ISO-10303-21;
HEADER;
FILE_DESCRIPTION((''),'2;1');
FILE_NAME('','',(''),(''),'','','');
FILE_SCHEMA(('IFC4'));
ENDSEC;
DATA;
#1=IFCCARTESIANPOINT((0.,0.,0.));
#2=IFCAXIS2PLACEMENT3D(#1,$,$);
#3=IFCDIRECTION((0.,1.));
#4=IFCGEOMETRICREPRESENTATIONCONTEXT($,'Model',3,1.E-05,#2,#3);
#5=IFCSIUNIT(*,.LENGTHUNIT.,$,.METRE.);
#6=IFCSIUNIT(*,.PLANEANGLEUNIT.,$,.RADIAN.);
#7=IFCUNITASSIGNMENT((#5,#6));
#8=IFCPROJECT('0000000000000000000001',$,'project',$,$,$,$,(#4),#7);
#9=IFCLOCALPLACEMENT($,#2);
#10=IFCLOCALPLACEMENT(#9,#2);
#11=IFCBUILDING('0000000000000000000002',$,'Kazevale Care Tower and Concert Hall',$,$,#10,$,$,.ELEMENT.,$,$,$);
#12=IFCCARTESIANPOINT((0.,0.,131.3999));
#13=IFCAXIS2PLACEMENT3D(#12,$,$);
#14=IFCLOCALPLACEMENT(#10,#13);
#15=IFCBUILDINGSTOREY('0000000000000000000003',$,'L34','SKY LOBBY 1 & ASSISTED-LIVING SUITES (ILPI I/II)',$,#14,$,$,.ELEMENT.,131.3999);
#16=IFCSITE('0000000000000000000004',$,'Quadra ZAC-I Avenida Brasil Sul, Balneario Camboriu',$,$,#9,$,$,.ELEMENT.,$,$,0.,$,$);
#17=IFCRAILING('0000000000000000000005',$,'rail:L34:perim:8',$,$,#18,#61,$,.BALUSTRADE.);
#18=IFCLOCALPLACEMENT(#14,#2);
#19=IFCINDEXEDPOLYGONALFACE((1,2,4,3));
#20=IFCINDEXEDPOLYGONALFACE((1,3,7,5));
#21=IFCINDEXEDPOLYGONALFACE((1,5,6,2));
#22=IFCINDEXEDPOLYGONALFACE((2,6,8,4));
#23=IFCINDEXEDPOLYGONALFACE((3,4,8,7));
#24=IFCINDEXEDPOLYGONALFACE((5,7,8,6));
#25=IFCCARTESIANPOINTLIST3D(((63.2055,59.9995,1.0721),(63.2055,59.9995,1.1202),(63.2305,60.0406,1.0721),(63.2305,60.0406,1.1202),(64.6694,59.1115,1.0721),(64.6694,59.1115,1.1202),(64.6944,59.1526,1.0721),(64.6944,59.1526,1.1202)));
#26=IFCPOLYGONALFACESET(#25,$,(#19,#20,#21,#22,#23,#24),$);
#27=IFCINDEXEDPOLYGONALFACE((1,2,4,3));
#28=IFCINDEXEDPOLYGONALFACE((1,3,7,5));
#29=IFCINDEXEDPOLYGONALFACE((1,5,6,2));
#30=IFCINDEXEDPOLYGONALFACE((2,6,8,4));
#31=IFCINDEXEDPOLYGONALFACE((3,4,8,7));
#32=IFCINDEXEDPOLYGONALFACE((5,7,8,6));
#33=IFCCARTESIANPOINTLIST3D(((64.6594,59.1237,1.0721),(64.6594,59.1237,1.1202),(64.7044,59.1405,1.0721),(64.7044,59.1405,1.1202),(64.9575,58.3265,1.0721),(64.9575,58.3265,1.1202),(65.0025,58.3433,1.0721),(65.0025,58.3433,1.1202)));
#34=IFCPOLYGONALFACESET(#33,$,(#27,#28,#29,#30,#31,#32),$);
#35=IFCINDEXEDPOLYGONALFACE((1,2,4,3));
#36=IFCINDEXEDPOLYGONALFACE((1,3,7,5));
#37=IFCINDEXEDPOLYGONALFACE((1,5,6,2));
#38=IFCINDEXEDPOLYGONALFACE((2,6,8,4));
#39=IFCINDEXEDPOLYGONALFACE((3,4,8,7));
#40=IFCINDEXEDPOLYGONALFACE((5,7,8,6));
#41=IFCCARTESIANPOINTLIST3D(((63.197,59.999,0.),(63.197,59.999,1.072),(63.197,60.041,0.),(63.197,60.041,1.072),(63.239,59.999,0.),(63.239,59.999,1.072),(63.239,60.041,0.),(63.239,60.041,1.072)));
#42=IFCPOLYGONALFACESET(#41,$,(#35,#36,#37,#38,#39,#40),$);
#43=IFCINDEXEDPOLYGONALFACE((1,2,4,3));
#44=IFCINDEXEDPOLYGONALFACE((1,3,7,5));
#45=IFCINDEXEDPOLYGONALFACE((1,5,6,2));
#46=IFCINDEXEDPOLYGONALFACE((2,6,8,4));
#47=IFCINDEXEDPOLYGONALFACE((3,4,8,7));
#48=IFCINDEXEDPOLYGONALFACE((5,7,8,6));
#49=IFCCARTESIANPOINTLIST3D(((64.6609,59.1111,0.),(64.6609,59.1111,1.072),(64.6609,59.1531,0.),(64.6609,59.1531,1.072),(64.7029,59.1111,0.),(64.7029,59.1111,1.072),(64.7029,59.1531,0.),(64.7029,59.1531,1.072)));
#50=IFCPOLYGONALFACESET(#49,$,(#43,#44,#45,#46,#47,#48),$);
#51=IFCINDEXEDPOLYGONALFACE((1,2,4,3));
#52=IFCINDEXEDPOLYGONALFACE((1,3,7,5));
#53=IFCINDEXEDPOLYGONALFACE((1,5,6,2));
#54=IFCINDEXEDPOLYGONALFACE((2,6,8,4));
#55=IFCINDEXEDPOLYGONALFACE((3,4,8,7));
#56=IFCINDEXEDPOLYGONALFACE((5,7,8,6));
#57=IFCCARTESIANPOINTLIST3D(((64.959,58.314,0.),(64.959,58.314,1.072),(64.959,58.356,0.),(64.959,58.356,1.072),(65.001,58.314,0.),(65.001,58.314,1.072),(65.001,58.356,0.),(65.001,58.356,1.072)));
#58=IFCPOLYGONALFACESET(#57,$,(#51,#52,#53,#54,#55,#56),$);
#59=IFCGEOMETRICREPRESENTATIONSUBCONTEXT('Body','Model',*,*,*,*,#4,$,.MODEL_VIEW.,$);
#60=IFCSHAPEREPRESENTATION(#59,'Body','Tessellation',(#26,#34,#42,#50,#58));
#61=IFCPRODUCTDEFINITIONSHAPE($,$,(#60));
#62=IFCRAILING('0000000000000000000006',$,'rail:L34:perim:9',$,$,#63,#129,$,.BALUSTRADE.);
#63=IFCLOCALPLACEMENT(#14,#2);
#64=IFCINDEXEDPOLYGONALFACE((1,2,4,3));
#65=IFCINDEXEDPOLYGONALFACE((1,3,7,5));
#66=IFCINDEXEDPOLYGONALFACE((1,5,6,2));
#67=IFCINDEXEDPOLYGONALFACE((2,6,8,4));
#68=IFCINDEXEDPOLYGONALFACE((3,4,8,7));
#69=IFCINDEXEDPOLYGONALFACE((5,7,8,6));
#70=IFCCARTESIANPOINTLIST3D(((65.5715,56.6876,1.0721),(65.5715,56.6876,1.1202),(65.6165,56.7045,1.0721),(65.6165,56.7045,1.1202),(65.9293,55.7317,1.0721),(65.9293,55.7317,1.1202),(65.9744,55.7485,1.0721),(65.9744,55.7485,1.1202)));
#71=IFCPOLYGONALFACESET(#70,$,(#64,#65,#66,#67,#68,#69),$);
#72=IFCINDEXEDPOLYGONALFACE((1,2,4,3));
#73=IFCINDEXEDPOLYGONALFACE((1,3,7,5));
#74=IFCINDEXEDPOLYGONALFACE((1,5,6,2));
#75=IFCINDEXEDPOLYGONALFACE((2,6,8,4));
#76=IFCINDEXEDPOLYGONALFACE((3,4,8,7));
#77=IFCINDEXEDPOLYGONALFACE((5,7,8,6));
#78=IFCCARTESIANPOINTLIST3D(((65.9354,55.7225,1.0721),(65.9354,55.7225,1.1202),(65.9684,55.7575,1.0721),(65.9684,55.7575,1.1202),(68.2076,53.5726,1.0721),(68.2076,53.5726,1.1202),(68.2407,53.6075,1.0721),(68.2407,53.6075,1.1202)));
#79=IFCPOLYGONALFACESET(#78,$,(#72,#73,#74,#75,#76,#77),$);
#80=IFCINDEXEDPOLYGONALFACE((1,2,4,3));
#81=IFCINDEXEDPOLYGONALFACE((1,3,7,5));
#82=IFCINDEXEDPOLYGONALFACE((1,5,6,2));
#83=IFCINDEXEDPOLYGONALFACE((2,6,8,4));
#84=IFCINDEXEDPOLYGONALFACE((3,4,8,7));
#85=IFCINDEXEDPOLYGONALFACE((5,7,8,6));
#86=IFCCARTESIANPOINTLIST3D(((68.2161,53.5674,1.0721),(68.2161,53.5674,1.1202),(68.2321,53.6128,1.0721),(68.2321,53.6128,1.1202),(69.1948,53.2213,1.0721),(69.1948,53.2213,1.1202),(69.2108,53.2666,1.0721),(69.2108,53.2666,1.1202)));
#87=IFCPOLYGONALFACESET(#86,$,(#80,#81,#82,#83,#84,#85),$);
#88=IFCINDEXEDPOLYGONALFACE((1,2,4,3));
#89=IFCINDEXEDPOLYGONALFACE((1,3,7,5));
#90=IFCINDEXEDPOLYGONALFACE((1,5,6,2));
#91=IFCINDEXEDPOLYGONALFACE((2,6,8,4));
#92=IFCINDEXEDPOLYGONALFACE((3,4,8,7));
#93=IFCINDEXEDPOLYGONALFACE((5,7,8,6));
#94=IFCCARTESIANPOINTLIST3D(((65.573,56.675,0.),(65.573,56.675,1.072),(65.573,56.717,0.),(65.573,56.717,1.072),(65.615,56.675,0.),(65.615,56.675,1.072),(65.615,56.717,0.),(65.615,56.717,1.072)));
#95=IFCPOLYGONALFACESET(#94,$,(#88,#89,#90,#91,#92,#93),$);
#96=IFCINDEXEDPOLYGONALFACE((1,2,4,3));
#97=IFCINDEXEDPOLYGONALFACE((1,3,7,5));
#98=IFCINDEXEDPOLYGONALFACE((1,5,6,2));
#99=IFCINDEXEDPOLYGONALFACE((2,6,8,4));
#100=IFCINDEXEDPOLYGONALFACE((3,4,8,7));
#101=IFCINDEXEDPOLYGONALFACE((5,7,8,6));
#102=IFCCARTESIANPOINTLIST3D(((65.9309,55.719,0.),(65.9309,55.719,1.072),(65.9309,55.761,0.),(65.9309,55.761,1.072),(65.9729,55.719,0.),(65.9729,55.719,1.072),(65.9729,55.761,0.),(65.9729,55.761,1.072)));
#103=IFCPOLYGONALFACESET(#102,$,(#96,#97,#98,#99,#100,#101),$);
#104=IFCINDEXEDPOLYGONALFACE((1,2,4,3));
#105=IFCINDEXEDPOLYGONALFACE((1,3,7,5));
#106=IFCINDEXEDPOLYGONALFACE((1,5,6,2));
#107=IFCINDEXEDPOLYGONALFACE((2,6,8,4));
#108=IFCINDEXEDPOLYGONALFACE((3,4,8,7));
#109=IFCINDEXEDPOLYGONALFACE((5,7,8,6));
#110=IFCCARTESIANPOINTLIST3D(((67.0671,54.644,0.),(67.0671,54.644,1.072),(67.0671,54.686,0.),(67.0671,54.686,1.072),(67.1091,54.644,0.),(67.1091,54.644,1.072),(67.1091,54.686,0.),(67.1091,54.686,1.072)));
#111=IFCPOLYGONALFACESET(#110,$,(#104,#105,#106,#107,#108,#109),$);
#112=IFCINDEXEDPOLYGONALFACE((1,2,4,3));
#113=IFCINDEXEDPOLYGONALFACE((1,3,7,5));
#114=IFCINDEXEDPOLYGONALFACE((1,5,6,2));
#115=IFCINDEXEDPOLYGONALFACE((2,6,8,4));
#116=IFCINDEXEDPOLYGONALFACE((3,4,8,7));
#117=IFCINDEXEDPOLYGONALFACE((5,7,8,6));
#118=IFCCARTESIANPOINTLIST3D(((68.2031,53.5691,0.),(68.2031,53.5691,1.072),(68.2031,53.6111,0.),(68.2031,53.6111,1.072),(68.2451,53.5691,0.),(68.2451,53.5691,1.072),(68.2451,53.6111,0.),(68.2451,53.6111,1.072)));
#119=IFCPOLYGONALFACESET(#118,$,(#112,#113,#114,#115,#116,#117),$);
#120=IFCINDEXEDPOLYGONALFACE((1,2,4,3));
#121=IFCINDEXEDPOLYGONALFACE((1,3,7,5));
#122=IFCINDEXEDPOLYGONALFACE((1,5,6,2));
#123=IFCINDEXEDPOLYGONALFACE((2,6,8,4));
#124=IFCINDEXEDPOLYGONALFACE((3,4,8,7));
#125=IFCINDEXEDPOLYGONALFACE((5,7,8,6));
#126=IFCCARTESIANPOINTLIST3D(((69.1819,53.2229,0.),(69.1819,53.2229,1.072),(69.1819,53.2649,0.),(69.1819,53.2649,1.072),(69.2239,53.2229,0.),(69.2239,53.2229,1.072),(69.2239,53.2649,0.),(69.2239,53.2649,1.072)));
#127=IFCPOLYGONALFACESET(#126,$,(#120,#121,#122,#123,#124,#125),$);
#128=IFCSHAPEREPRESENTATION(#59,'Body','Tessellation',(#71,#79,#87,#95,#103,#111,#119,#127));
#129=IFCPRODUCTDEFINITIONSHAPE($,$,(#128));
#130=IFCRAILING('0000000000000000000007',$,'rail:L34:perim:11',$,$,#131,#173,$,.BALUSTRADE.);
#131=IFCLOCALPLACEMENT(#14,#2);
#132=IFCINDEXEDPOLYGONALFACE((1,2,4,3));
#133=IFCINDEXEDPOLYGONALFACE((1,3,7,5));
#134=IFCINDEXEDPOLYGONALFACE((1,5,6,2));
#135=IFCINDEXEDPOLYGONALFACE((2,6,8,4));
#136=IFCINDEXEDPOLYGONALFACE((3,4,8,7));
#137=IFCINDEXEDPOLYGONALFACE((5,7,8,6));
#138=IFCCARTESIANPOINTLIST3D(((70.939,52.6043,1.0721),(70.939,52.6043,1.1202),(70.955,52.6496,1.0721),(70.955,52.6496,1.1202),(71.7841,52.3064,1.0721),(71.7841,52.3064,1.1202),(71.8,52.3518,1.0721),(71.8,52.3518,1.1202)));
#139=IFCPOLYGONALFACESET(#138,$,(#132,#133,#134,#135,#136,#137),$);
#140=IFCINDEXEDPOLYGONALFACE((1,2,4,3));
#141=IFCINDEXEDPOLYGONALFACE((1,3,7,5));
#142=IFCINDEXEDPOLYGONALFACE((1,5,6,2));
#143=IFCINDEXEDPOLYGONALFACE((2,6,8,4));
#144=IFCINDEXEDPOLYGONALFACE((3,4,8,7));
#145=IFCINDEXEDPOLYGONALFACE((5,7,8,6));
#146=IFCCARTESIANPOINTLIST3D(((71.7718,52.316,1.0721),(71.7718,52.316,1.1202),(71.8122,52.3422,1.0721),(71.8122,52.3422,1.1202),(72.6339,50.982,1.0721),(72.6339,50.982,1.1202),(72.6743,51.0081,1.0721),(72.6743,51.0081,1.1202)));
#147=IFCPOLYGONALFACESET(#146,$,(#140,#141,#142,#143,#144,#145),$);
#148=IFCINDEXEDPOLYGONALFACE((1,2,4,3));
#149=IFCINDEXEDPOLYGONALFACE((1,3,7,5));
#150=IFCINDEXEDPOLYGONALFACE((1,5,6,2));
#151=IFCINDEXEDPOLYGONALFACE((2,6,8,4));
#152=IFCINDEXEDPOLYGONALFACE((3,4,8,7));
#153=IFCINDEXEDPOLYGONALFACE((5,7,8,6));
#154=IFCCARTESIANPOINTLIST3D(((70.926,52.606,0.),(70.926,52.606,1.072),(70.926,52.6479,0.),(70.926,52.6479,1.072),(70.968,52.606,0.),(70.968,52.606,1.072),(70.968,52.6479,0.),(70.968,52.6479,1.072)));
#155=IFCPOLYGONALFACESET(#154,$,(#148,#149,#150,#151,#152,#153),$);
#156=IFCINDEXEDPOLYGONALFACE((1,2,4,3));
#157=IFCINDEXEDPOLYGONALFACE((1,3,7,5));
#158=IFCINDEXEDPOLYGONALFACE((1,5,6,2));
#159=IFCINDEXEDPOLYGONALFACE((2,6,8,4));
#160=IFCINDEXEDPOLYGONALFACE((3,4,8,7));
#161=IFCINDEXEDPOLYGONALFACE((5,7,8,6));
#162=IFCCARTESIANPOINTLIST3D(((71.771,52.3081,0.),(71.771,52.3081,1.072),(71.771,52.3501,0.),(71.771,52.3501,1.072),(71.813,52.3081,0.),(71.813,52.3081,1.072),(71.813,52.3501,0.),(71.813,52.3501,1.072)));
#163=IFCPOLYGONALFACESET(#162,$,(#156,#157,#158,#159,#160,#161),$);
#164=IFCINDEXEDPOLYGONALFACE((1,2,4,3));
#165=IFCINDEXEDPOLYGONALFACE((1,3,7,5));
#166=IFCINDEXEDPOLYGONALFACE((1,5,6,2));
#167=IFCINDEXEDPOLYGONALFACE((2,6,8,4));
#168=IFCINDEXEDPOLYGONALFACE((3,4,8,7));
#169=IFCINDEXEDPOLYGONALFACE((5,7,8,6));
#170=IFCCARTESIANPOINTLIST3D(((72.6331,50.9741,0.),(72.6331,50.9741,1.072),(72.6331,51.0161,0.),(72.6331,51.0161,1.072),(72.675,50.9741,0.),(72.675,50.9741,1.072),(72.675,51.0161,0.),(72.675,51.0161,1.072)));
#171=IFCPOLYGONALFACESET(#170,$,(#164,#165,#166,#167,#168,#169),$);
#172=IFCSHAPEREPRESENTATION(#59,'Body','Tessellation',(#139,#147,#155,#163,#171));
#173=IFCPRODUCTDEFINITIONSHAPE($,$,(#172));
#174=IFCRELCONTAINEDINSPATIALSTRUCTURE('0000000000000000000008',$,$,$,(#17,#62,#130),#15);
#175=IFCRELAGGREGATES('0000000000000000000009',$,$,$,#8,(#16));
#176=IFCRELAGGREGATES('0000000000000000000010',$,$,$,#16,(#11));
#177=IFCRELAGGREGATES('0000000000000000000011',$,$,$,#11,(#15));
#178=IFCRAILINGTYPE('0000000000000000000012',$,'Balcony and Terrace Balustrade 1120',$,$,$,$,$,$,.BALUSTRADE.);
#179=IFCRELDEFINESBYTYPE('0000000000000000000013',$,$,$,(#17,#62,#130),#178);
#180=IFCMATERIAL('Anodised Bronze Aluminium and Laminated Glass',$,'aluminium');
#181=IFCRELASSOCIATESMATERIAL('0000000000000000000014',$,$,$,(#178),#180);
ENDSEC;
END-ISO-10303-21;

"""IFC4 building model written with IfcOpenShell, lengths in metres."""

from ifc_helpers import new_model, si_unit, direction, frame, origin, origin_2d, place, context, subcontext, project, spatial, rectangle, extrude, material, type_object, element, save


model = new_model("IFC4")

# Units and contexts
model_context = context("Model", 3, precision=1e-05, world=origin(), true_north=direction((0.0, 1.0)))
body_context = subcontext(model_context, "Body", "Model", "MODEL_VIEW")
ifc_project = project(units=[si_unit("LENGTHUNIT", "METRE"), si_unit("PLANEANGLEUNIT", "RADIAN")], contexts=[model_context])

# Site, building, storey
site_placement = place(None, origin())
site = spatial("IfcSite", under=ifc_project, at=site_placement, Name="Quadra ZAC-I Avenida Brasil Sul, Balneario Camboriu", CompositionType="ELEMENT", RefElevation=0.0)
building_placement = place(site_placement, origin())
building = spatial("IfcBuilding", under=site, at=building_placement, Name="Kazevale Care Tower and Concert Hall", CompositionType="ELEMENT")
storey_placement = place(building_placement, frame((0.0, 0.0, 131.3999)))
storey = spatial("IfcBuildingStorey", under=building, at=storey_placement, Name="L34", Description="SKY LOBBY 1 & ASSISTED-LIVING SUITES (ILPI I/II)", CompositionType="ELEMENT", Elevation=131.3999)

# Railings
ifc_material_1 = material(Name="Anodised Bronze Aluminium and Laminated Glass", Category="aluminium")
railing_type = type_object("IfcRailingType", Name="Balcony and Terrace Balustrade 1120", PredefinedType="BALUSTRADE", material=ifc_material_1)
railing_1_placement = place(storey_placement, frame((63.218, 60.02, 0.0)))
element("IfcRailing", 1, at=railing_1_placement, inside=storey, type_object=railing_type, Name="rail:L34:perim:8", PredefinedType="BALUSTRADE", context=body_context, shape_type="SweptSolid", body=[
    extrude(rectangle(XDim=0.0481, YDim=0.0481, at=origin_2d()), frame((0.0, 0.0, 1.0962), z_axis=(0.855004, -0.518621, 0.0), x_axis=(0.518621, 0.855004, 0.0)), (0.0, 0.0, 1.0), 1.7122),
    extrude(rectangle(XDim=0.0481, YDim=0.0481, at=origin_2d()), frame((1.4639, -0.8879, 1.0962), z_axis=(0.350274, -0.936647, 0.0), x_axis=(0.936647, 0.350274, 0.0)), (0.0, 0.0, 1.0), 0.8511),
    extrude(rectangle(XDim=0.042, YDim=0.042, at=origin_2d()), origin(), (0.0, 0.0, 1.0), 1.072),
    extrude(rectangle(XDim=0.042, YDim=0.042, at=origin_2d()), frame((1.4639, -0.8879, 0.0)), (0.0, 0.0, 1.0), 1.072),
    extrude(rectangle(XDim=0.042, YDim=0.042, at=origin_2d()), frame((1.762, -1.6851, 0.0)), (0.0, 0.0, 1.0), 1.072),
])
railing_2_placement = place(storey_placement, frame((65.594, 56.696, 0.0)))
element("IfcRailing", 2, at=railing_2_placement, inside=storey, type_object=railing_type, Name="rail:L34:perim:9", PredefinedType="BALUSTRADE", context=body_context, shape_type="SweptSolid", body=[
    extrude(rectangle(XDim=0.0481, YDim=0.0481, at=origin_2d()), frame((0.0, 0.0, 1.0962), z_axis=(0.350599, -0.936526, 0.0), x_axis=(0.936526, 0.350599, 0.0)), (0.0, 0.0, 1.0), 1.0208),
    extrude(rectangle(XDim=0.0481, YDim=0.0481, at=origin_2d()), frame((0.3579, -0.9561, 1.0962), z_axis=(0.726387, -0.687286, 0.0), x_axis=(0.687286, 0.726387, 0.0)), (0.0, 0.0, 1.0), 3.1282),
    extrude(rectangle(XDim=0.0481, YDim=0.0481, at=origin_2d()), frame((2.6301, -3.106, 1.0962), z_axis=(0.942764, -0.33346, 0.0), x_axis=(0.33346, 0.942764, 0.0)), (0.0, 0.0, 1.0), 1.0381),
    extrude(rectangle(XDim=0.042, YDim=0.042, at=origin_2d()), origin(), (0.0, 0.0, 1.0), 1.072),
    extrude(rectangle(XDim=0.042, YDim=0.042, at=origin_2d()), frame((0.3579, -0.9561, 0.0)), (0.0, 0.0, 1.0), 1.072),
    extrude(rectangle(XDim=0.042, YDim=0.042, at=origin_2d()), frame((1.4941, -2.031, 0.0)), (0.0, 0.0, 1.0), 1.072),
    extrude(rectangle(XDim=0.042, YDim=0.042, at=origin_2d()), frame((2.6301, -3.106, 0.0)), (0.0, 0.0, 1.0), 1.072),
    extrude(rectangle(XDim=0.042, YDim=0.042, at=origin_2d()), frame((3.6089, -3.4521, 0.0)), (0.0, 0.0, 1.0), 1.072),
])
railing_3_placement = place(storey_placement, frame((70.947, 52.627, 0.0)))
element("IfcRailing", 3, at=railing_3_placement, inside=storey, type_object=railing_type, Name="rail:L34:perim:11", PredefinedType="BALUSTRADE", context=body_context, shape_type="SweptSolid", body=[
    extrude(rectangle(XDim=0.0481, YDim=0.0481, at=origin_2d()), frame((0.0, 0.0, 1.0962), z_axis=(0.943121, -0.332449, 0.0), x_axis=(0.332449, 0.943121, 0.0)), (0.0, 0.0, 1.0), 0.896),
    extrude(rectangle(XDim=0.0481, YDim=0.0481, at=origin_2d()), frame((0.845, -0.2979, 1.0962), z_axis=(0.54276, -0.839888, 0.0), x_axis=(0.839888, 0.54276, 0.0)), (0.0, 0.0, 1.0), 1.5884),
    extrude(rectangle(XDim=0.042, YDim=0.042, at=origin_2d()), origin(), (0.0, 0.0, 1.0), 1.072),
    extrude(rectangle(XDim=0.042, YDim=0.042, at=origin_2d()), frame((0.845, -0.2979, 0.0)), (0.0, 0.0, 1.0), 1.072),
    extrude(rectangle(XDim=0.042, YDim=0.042, at=origin_2d()), frame((1.707, -1.6318, 0.0)), (0.0, 0.0, 1.0), 1.072),
])

save(model, "model.ifc")
